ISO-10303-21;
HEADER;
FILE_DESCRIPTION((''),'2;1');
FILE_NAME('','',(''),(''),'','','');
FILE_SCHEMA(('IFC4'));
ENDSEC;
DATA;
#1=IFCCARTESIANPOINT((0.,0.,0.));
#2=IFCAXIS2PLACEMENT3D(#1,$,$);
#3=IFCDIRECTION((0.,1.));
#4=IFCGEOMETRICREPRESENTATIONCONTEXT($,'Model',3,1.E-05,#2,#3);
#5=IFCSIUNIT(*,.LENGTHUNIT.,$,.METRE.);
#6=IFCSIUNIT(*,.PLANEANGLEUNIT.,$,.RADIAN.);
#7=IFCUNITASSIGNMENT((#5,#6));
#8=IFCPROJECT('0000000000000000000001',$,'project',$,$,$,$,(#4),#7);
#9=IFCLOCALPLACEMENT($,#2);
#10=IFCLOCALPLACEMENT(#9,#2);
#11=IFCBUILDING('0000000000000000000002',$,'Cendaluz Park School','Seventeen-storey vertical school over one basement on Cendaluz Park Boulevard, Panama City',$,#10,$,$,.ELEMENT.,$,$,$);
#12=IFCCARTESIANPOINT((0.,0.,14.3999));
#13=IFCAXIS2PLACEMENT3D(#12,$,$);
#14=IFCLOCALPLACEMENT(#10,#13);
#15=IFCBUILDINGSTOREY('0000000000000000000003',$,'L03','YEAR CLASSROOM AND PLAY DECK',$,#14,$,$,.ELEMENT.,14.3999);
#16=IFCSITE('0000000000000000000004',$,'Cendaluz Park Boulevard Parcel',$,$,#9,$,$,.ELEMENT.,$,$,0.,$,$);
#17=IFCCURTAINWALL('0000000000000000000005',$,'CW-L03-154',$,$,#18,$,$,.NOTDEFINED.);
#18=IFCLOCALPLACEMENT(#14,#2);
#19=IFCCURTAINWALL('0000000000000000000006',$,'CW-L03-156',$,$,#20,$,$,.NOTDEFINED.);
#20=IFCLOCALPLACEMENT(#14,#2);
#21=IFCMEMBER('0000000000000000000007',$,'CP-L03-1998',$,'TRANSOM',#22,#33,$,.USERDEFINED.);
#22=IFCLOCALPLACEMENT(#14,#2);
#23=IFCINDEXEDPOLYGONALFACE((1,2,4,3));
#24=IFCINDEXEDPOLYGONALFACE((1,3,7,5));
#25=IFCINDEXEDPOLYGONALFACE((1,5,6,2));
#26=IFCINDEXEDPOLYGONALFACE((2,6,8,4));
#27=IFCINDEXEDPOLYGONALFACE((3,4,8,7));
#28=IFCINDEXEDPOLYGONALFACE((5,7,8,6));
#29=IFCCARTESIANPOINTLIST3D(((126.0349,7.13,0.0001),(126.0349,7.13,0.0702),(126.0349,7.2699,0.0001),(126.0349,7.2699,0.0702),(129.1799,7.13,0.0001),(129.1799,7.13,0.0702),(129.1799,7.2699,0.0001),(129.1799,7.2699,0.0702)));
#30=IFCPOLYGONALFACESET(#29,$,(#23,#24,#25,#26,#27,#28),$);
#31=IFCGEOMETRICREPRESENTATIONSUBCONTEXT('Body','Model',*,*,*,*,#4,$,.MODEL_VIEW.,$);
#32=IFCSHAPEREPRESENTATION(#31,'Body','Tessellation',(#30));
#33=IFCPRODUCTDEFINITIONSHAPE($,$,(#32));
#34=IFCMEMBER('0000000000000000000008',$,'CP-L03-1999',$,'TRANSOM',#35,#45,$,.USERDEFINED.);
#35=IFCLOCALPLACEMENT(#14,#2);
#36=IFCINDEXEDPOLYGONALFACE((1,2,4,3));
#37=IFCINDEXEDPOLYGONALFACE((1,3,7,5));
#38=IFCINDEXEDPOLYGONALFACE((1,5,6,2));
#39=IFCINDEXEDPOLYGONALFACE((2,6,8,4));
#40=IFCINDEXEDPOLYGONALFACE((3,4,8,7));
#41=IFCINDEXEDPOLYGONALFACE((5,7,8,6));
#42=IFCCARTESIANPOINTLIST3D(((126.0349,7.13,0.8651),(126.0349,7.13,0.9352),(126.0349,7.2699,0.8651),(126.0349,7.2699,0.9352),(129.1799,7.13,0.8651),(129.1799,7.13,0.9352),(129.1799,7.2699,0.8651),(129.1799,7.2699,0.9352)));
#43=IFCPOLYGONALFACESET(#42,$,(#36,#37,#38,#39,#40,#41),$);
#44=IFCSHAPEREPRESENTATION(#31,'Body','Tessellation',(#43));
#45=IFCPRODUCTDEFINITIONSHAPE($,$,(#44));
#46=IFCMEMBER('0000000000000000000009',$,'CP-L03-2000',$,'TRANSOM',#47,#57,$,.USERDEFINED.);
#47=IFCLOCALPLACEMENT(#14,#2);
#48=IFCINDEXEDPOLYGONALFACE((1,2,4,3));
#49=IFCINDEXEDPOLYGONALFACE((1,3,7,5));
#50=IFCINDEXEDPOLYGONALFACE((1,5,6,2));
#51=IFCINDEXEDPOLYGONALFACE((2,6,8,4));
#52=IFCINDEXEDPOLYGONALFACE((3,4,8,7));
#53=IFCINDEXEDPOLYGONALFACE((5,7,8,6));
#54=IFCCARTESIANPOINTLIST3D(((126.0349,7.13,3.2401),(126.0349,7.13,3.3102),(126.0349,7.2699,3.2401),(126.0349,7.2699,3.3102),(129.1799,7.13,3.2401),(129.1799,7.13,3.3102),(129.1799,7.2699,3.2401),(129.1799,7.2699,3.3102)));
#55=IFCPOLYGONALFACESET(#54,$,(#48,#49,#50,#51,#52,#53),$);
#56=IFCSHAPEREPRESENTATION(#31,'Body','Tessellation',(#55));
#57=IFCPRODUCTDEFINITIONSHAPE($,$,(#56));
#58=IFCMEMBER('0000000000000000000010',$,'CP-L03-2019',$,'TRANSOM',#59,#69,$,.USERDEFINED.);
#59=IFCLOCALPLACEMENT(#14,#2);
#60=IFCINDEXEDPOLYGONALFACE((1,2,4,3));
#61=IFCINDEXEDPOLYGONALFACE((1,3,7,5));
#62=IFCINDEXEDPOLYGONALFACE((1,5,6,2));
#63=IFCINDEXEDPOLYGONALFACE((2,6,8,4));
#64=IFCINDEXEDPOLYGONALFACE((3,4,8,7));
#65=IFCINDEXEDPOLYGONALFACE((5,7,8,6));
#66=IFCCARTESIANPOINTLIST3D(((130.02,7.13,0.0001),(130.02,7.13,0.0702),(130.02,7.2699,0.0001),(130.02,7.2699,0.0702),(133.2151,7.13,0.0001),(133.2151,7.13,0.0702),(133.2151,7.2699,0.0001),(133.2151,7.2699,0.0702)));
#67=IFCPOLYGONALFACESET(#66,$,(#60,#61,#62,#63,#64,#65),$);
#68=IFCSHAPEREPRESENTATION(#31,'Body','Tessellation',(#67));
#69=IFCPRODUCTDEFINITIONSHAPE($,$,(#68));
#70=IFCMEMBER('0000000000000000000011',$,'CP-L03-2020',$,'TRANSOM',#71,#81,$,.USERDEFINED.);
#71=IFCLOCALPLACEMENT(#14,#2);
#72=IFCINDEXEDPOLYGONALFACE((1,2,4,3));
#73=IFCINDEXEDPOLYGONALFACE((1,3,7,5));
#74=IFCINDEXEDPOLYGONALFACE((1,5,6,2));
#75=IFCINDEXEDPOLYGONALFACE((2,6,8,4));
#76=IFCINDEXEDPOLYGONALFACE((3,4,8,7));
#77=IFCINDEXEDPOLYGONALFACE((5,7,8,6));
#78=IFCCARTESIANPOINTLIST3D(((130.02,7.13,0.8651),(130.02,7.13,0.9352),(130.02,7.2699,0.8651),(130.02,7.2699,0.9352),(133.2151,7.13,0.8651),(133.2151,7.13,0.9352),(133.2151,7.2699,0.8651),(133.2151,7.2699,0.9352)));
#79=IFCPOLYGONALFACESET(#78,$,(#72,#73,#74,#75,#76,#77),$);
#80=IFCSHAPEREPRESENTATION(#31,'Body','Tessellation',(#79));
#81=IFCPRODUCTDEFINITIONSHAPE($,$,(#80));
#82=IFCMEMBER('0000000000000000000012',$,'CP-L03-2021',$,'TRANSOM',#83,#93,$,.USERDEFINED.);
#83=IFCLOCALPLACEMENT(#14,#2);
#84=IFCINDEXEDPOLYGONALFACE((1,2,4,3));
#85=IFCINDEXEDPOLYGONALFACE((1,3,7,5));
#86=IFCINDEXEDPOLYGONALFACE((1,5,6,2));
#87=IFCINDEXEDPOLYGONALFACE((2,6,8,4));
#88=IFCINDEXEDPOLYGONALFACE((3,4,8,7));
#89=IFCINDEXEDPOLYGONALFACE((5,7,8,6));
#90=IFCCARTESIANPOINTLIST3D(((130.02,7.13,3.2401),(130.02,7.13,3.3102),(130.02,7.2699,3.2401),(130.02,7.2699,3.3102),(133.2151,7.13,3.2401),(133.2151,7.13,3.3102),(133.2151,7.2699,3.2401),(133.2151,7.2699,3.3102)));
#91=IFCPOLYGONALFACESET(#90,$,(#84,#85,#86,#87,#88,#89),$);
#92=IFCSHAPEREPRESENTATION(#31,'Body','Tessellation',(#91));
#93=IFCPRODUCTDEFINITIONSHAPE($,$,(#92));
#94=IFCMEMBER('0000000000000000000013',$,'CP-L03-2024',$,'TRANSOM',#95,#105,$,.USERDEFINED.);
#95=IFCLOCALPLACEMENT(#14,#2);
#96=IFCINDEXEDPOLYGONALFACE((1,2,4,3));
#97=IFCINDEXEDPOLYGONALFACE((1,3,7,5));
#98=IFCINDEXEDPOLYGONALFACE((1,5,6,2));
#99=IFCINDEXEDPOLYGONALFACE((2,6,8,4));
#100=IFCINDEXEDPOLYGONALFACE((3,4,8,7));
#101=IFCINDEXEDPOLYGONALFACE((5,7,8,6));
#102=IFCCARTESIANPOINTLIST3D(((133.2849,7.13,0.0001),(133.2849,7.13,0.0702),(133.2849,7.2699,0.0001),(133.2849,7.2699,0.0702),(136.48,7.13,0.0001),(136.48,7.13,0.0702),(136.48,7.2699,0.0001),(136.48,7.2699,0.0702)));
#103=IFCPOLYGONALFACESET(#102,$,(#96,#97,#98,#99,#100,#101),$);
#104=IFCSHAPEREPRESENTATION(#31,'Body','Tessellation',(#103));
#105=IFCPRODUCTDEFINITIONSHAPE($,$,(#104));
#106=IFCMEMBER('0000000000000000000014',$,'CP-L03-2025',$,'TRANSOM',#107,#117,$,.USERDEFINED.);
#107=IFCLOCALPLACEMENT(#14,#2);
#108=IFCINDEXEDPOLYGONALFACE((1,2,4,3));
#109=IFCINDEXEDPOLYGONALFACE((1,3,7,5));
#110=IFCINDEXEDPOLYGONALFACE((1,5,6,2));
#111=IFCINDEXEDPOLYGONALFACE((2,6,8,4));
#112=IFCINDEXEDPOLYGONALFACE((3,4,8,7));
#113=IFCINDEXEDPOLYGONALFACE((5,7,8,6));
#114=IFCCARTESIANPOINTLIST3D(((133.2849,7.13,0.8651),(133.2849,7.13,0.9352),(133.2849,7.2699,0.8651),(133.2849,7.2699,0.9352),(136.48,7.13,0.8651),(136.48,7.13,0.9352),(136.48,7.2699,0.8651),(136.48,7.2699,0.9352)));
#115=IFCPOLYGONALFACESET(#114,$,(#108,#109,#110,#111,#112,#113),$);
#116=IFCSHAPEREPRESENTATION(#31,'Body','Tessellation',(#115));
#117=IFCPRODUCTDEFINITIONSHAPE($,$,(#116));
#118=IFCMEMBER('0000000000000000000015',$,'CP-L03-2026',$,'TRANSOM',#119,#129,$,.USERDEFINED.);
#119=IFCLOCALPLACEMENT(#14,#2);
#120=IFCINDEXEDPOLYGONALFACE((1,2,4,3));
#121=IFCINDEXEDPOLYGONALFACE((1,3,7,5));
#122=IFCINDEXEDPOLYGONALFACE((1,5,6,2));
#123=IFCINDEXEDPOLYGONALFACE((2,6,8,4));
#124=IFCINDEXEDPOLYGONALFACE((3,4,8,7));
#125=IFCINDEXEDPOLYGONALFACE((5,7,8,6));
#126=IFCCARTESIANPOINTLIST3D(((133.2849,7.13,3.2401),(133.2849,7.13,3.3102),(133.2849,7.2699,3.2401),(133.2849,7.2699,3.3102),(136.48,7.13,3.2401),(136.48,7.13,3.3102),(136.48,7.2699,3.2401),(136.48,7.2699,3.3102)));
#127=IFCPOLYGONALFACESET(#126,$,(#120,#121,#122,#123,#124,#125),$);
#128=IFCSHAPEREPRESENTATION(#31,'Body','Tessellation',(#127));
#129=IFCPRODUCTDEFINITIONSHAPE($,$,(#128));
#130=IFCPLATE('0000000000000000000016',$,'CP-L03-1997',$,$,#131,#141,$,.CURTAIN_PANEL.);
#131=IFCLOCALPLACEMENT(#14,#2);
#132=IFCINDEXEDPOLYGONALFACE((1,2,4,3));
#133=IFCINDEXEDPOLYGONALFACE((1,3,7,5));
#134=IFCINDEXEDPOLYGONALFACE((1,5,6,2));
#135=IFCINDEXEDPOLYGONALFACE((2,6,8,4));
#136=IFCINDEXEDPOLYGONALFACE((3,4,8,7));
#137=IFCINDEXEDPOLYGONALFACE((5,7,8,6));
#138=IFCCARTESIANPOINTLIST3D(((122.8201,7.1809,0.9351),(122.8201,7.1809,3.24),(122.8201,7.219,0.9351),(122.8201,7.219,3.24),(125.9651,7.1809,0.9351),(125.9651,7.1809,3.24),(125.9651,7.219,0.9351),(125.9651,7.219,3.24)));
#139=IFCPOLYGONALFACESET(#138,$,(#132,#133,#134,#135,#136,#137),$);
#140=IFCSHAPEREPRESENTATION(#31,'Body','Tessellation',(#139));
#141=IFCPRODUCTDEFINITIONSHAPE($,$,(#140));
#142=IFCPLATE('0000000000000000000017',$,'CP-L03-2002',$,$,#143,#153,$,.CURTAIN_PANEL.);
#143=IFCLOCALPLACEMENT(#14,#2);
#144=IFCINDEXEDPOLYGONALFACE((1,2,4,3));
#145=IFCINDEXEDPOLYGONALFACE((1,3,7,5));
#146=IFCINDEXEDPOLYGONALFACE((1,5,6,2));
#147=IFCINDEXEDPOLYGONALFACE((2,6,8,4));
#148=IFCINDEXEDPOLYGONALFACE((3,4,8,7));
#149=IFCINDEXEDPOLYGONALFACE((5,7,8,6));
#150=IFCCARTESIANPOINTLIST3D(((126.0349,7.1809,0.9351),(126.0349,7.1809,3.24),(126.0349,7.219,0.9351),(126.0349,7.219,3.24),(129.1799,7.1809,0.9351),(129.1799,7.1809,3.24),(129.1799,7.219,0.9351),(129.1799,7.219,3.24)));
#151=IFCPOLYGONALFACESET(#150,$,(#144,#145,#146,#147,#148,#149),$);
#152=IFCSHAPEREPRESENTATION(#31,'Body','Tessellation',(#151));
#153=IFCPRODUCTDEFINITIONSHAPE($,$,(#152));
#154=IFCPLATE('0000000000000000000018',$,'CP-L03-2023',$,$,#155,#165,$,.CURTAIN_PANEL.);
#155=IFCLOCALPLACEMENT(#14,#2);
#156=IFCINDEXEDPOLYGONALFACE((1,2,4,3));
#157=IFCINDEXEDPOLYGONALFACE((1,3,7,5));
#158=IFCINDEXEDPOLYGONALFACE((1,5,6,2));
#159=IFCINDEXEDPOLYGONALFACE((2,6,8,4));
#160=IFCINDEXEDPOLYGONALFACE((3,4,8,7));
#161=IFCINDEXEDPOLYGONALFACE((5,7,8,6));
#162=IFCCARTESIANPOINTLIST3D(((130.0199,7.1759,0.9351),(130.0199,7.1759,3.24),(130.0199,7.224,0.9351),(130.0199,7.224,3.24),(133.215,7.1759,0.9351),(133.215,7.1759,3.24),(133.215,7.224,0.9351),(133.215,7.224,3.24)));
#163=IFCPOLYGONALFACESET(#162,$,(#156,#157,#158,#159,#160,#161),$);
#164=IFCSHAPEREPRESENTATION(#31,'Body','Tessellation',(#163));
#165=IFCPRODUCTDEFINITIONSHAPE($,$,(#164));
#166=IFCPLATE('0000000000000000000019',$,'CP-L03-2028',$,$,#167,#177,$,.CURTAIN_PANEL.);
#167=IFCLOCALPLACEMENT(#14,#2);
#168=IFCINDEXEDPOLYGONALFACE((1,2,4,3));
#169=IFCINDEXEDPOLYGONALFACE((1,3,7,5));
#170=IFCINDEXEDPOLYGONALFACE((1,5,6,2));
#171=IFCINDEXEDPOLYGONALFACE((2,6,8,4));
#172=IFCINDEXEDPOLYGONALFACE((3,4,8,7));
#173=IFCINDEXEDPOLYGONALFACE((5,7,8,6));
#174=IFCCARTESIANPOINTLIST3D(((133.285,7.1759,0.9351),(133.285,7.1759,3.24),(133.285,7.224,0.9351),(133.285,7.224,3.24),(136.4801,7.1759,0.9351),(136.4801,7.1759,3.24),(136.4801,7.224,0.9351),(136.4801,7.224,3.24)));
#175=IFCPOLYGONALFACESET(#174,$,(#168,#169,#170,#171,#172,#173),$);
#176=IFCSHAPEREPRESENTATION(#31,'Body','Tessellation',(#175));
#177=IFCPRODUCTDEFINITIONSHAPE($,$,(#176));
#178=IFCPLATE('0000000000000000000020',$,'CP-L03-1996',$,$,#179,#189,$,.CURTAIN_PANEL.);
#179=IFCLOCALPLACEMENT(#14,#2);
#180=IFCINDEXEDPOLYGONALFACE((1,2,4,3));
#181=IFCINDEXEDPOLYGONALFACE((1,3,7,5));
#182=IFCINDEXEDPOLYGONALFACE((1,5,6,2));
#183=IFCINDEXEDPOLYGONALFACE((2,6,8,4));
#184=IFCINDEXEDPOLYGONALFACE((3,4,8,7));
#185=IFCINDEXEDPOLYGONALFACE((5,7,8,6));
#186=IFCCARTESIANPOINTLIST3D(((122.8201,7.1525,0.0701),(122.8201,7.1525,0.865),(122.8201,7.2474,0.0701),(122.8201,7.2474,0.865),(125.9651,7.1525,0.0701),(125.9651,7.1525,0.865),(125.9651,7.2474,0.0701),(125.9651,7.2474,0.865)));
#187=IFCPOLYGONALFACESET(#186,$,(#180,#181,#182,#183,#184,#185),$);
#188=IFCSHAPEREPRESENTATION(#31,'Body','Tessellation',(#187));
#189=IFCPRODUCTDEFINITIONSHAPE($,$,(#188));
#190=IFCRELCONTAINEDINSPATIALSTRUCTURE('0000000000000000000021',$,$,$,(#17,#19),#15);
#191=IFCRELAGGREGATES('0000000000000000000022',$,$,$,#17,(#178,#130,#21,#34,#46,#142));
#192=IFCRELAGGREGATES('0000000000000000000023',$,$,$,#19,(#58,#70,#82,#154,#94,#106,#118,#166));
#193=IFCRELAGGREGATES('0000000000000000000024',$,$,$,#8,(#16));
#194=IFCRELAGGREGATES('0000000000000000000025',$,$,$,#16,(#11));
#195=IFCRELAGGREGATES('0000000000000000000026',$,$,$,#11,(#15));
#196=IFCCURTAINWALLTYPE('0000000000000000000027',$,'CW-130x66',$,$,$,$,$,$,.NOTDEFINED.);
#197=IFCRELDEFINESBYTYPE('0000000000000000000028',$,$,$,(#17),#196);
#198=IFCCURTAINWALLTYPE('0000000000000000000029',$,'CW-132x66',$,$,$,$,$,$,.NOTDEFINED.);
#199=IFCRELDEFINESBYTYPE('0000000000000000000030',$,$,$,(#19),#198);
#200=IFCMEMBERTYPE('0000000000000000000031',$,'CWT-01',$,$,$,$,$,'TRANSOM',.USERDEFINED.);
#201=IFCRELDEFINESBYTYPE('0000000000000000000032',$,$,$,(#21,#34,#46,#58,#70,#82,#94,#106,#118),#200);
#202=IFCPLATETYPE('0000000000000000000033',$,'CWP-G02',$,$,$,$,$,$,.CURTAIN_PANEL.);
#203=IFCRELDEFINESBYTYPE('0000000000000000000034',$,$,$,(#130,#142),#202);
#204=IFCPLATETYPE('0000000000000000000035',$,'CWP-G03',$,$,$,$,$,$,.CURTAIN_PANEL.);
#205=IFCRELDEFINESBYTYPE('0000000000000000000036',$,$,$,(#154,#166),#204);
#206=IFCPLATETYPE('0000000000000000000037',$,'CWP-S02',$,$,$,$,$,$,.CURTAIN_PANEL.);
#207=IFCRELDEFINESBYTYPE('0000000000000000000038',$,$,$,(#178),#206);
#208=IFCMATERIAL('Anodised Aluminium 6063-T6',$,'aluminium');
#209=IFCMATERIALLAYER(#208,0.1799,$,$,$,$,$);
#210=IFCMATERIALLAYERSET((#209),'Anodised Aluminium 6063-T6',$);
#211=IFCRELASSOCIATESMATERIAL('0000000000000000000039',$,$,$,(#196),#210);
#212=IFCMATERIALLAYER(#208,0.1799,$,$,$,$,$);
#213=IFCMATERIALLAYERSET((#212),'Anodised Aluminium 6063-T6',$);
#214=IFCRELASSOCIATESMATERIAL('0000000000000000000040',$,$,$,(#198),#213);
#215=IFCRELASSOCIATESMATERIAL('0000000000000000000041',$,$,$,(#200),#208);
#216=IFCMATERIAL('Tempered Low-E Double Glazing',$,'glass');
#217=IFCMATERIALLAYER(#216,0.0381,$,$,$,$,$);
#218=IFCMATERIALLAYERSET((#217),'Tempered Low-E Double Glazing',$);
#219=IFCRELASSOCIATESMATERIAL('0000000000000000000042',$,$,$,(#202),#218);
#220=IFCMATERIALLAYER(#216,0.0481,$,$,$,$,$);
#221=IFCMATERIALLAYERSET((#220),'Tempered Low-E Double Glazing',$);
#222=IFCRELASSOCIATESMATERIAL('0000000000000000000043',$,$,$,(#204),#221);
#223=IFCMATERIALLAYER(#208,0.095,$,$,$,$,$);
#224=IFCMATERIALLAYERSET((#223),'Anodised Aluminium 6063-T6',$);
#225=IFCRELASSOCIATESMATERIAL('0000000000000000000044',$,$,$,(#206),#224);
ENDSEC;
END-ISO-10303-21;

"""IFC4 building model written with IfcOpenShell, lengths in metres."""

from ifc_helpers import new_model, si_unit, direction, frame, origin, origin_2d, place, context, subcontext, project, spatial, rectangle, extrude, material, layer, layer_set, material_profile, profile_set, type_object, element, aggregate, save


model = new_model("IFC4")

# Units and contexts
model_context = context("Model", 3, precision=1e-05, world=origin(), true_north=direction((0.0, 1.0)))
body_context = subcontext(model_context, "Body", "Model", "MODEL_VIEW")
ifc_project = project(units=[si_unit("LENGTHUNIT", "METRE"), si_unit("PLANEANGLEUNIT", "RADIAN")], contexts=[model_context])

# Site, building, storey
site_placement = place(None, origin())
site = spatial("IfcSite", under=ifc_project, at=site_placement, Name="Cendaluz Park Boulevard Parcel", CompositionType="ELEMENT", RefElevation=0.0)
building_placement = place(site_placement, origin())
building = spatial("IfcBuilding", under=site, at=building_placement, Name="Cendaluz Park School", Description="Seventeen-storey vertical school over one basement on Cendaluz Park Boulevard, Panama City", CompositionType="ELEMENT")
storey_placement = place(building_placement, frame((0.0, 0.0, 14.3999)))
storey = spatial("IfcBuildingStorey", under=building, at=storey_placement, Name="L03", Description="YEAR CLASSROOM AND PLAY DECK", CompositionType="ELEMENT", Elevation=14.3999)

# Curtain walls
ifc_material_1 = material(Name="Anodised Aluminium 6063-T6", Category="aluminium")
ifc_layer_1 = layer(ifc_material_1, 0.1799)
ifc_layer_set_1 = layer_set([ifc_layer_1], Name="Anodised Aluminium 6063-T6")
curtain_wall_type_1 = type_object("IfcCurtainWallType", Name="CW-130x66", PredefinedType="NOTDEFINED", material=ifc_layer_set_1)
curtain_wall_1_placement = place(storey_placement, origin())
curtain_wall_1 = element("IfcCurtainWall", 1, at=curtain_wall_1_placement, inside=storey, type_object=curtain_wall_type_1, Name="CW-L03-154", PredefinedType="NOTDEFINED")
ifc_layer_2 = layer(ifc_material_1, 0.1799)
ifc_layer_set_2 = layer_set([ifc_layer_2], Name="Anodised Aluminium 6063-T6")
curtain_wall_type_2 = type_object("IfcCurtainWallType", Name="CW-132x66", PredefinedType="NOTDEFINED", material=ifc_layer_set_2)
curtain_wall_2_placement = place(storey_placement, origin())
curtain_wall_2 = element("IfcCurtainWall", 2, at=curtain_wall_2_placement, inside=storey, type_object=curtain_wall_type_2, Name="CW-L03-156", PredefinedType="NOTDEFINED")

# Members
ifc_material_profile_1 = material_profile(ifc_material_1, rectangle(XDim=0.1399, YDim=0.0701, at=origin_2d()), Name="CWT 140x70", Category="aluminium")
ifc_profile_set_1 = profile_set([ifc_material_profile_1], Name="Anodised Aluminium 6063-T6")
member_type_1 = type_object("IfcMemberType", Name="CWT-01", ElementType="TRANSOM", PredefinedType="USERDEFINED", material=ifc_profile_set_1)
member_1_placement = place(storey_placement, frame((126.0349, 7.2, 0.0352), z_axis=(1.0, 0.0, 0.0), x_axis=(0.0, 1.0, 0.0)))
member_1 = element("IfcMember", 3, at=member_1_placement, type_object=member_type_1, Name="CP-L03-1998", ObjectType="TRANSOM", PredefinedType="USERDEFINED", context=body_context, shape_type="SweptSolid", body=[
    extrude(rectangle(XDim=0.1399, YDim=0.0701, at=origin_2d()), origin(), (0.0, 0.0, 1.0), 3.145),
])
member_2_placement = place(storey_placement, frame((126.0349, 7.2, 0.9001), z_axis=(1.0, 0.0, 0.0), x_axis=(0.0, 1.0, 0.0)))
member_2 = element("IfcMember", 4, at=member_2_placement, type_object=member_type_1, Name="CP-L03-1999", ObjectType="TRANSOM", PredefinedType="USERDEFINED", context=body_context, shape_type="SweptSolid", body=[
    extrude(rectangle(XDim=0.1399, YDim=0.0701, at=origin_2d()), origin(), (0.0, 0.0, 1.0), 3.145),
])
member_3_placement = place(storey_placement, frame((126.0349, 7.2, 3.2751), z_axis=(1.0, 0.0, 0.0), x_axis=(0.0, 1.0, 0.0)))
member_3 = element("IfcMember", 5, at=member_3_placement, type_object=member_type_1, Name="CP-L03-2000", ObjectType="TRANSOM", PredefinedType="USERDEFINED", context=body_context, shape_type="SweptSolid", body=[
    extrude(rectangle(XDim=0.1399, YDim=0.0701, at=origin_2d()), origin(), (0.0, 0.0, 1.0), 3.145),
])
member_4_placement = place(storey_placement, frame((130.02, 7.2, 0.0352), z_axis=(1.0, 0.0, 0.0), x_axis=(0.0, 1.0, 0.0)))
member_4 = element("IfcMember", 6, at=member_4_placement, type_object=member_type_1, Name="CP-L03-2019", ObjectType="TRANSOM", PredefinedType="USERDEFINED", context=body_context, shape_type="SweptSolid", body=[
    extrude(rectangle(XDim=0.1399, YDim=0.0701, at=origin_2d()), origin(), (0.0, 0.0, 1.0), 3.1951),
])
member_5_placement = place(storey_placement, frame((130.02, 7.2, 0.9001), z_axis=(1.0, 0.0, 0.0), x_axis=(0.0, 1.0, 0.0)))
member_5 = element("IfcMember", 7, at=member_5_placement, type_object=member_type_1, Name="CP-L03-2020", ObjectType="TRANSOM", PredefinedType="USERDEFINED", context=body_context, shape_type="SweptSolid", body=[
    extrude(rectangle(XDim=0.1399, YDim=0.0701, at=origin_2d()), origin(), (0.0, 0.0, 1.0), 3.1951),
])
member_6_placement = place(storey_placement, frame((130.02, 7.2, 3.2751), z_axis=(1.0, 0.0, 0.0), x_axis=(0.0, 1.0, 0.0)))
member_6 = element("IfcMember", 8, at=member_6_placement, type_object=member_type_1, Name="CP-L03-2021", ObjectType="TRANSOM", PredefinedType="USERDEFINED", context=body_context, shape_type="SweptSolid", body=[
    extrude(rectangle(XDim=0.1399, YDim=0.0701, at=origin_2d()), origin(), (0.0, 0.0, 1.0), 3.1951),
])
member_7_placement = place(storey_placement, frame((133.2849, 7.2, 0.0352), z_axis=(1.0, 0.0, 0.0), x_axis=(0.0, 1.0, 0.0)))
member_7 = element("IfcMember", 9, at=member_7_placement, type_object=member_type_1, Name="CP-L03-2024", ObjectType="TRANSOM", PredefinedType="USERDEFINED", context=body_context, shape_type="SweptSolid", body=[
    extrude(rectangle(XDim=0.1399, YDim=0.0701, at=origin_2d()), origin(), (0.0, 0.0, 1.0), 3.1951),
])
member_8_placement = place(storey_placement, frame((133.2849, 7.2, 0.9001), z_axis=(1.0, 0.0, 0.0), x_axis=(0.0, 1.0, 0.0)))
member_8 = element("IfcMember", 10, at=member_8_placement, type_object=member_type_1, Name="CP-L03-2025", ObjectType="TRANSOM", PredefinedType="USERDEFINED", context=body_context, shape_type="SweptSolid", body=[
    extrude(rectangle(XDim=0.1399, YDim=0.0701, at=origin_2d()), origin(), (0.0, 0.0, 1.0), 3.1951),
])
member_9_placement = place(storey_placement, frame((133.2849, 7.2, 3.2751), z_axis=(1.0, 0.0, 0.0), x_axis=(0.0, 1.0, 0.0)))
member_9 = element("IfcMember", 11, at=member_9_placement, type_object=member_type_1, Name="CP-L03-2026", ObjectType="TRANSOM", PredefinedType="USERDEFINED", context=body_context, shape_type="SweptSolid", body=[
    extrude(rectangle(XDim=0.1399, YDim=0.0701, at=origin_2d()), origin(), (0.0, 0.0, 1.0), 3.1951),
])

# Plates
ifc_material_2 = material(Name="Tempered Low-E Double Glazing", Category="glass")
ifc_layer_3 = layer(ifc_material_2, 0.0381)
ifc_layer_set_3 = layer_set([ifc_layer_3], Name="Tempered Low-E Double Glazing")
plate_type_1 = type_object("IfcPlateType", Name="CWP-G02", PredefinedType="CURTAIN_PANEL", material=ifc_layer_set_3)
plate_1_placement = place(storey_placement, frame((124.3926, 7.2, 0.9351), z_axis=(0.0, 0.0, 1.0), x_axis=(1.0, 0.0, 0.0)))
plate_1 = element("IfcPlate", 12, at=plate_1_placement, type_object=plate_type_1, Name="CP-L03-1997", PredefinedType="CURTAIN_PANEL", context=body_context, shape_type="SweptSolid", body=[
    extrude(rectangle(XDim=3.145, YDim=0.0381, at=origin_2d()), origin(), (0.0, 0.0, 1.0), 2.3049),
])
plate_2_placement = place(storey_placement, frame((127.6074, 7.2, 0.9351), z_axis=(0.0, 0.0, 1.0), x_axis=(1.0, 0.0, 0.0)))
plate_2 = element("IfcPlate", 13, at=plate_2_placement, type_object=plate_type_1, Name="CP-L03-2002", PredefinedType="CURTAIN_PANEL", context=body_context, shape_type="SweptSolid", body=[
    extrude(rectangle(XDim=3.145, YDim=0.0381, at=origin_2d()), origin(), (0.0, 0.0, 1.0), 2.3049),
])
ifc_layer_4 = layer(ifc_material_2, 0.0481)
ifc_layer_set_4 = layer_set([ifc_layer_4], Name="Tempered Low-E Double Glazing")
plate_type_2 = type_object("IfcPlateType", Name="CWP-G03", PredefinedType="CURTAIN_PANEL", material=ifc_layer_set_4)
plate_3_placement = place(storey_placement, frame((131.6174, 7.2, 0.9351), z_axis=(0.0, 0.0, 1.0), x_axis=(1.0, 0.0, 0.0)))
plate_3 = element("IfcPlate", 14, at=plate_3_placement, type_object=plate_type_2, Name="CP-L03-2023", PredefinedType="CURTAIN_PANEL", context=body_context, shape_type="SweptSolid", body=[
    extrude(rectangle(XDim=3.1951, YDim=0.0481, at=origin_2d()), origin(), (0.0, 0.0, 1.0), 2.3049),
])
plate_4_placement = place(storey_placement, frame((134.8826, 7.2, 0.9351), z_axis=(0.0, 0.0, 1.0), x_axis=(1.0, 0.0, 0.0)))
plate_4 = element("IfcPlate", 15, at=plate_4_placement, type_object=plate_type_2, Name="CP-L03-2028", PredefinedType="CURTAIN_PANEL", context=body_context, shape_type="SweptSolid", body=[
    extrude(rectangle(XDim=3.1951, YDim=0.0481, at=origin_2d()), origin(), (0.0, 0.0, 1.0), 2.3049),
])
ifc_layer_5 = layer(ifc_material_1, 0.095)
ifc_layer_set_5 = layer_set([ifc_layer_5], Name="Anodised Aluminium 6063-T6")
plate_type_3 = type_object("IfcPlateType", Name="CWP-S02", PredefinedType="CURTAIN_PANEL", material=ifc_layer_set_5)
plate_5_placement = place(storey_placement, frame((124.3926, 7.2, 0.0701), z_axis=(0.0, 0.0, 1.0), x_axis=(1.0, 0.0, 0.0)))
plate_5 = element("IfcPlate", 16, at=plate_5_placement, type_object=plate_type_3, Name="CP-L03-1996", PredefinedType="CURTAIN_PANEL", context=body_context, shape_type="SweptSolid", body=[
    extrude(rectangle(XDim=3.145, YDim=0.095, at=origin_2d()), origin(), (0.0, 0.0, 1.0), 0.7949),
])
aggregate(curtain_wall_1, [plate_5, plate_1, member_1, member_2, member_3, plate_2])
aggregate(curtain_wall_2, [member_4, member_5, member_6, plate_3, member_7, member_8, member_9, plate_4])

save(model, "model.ifc")
